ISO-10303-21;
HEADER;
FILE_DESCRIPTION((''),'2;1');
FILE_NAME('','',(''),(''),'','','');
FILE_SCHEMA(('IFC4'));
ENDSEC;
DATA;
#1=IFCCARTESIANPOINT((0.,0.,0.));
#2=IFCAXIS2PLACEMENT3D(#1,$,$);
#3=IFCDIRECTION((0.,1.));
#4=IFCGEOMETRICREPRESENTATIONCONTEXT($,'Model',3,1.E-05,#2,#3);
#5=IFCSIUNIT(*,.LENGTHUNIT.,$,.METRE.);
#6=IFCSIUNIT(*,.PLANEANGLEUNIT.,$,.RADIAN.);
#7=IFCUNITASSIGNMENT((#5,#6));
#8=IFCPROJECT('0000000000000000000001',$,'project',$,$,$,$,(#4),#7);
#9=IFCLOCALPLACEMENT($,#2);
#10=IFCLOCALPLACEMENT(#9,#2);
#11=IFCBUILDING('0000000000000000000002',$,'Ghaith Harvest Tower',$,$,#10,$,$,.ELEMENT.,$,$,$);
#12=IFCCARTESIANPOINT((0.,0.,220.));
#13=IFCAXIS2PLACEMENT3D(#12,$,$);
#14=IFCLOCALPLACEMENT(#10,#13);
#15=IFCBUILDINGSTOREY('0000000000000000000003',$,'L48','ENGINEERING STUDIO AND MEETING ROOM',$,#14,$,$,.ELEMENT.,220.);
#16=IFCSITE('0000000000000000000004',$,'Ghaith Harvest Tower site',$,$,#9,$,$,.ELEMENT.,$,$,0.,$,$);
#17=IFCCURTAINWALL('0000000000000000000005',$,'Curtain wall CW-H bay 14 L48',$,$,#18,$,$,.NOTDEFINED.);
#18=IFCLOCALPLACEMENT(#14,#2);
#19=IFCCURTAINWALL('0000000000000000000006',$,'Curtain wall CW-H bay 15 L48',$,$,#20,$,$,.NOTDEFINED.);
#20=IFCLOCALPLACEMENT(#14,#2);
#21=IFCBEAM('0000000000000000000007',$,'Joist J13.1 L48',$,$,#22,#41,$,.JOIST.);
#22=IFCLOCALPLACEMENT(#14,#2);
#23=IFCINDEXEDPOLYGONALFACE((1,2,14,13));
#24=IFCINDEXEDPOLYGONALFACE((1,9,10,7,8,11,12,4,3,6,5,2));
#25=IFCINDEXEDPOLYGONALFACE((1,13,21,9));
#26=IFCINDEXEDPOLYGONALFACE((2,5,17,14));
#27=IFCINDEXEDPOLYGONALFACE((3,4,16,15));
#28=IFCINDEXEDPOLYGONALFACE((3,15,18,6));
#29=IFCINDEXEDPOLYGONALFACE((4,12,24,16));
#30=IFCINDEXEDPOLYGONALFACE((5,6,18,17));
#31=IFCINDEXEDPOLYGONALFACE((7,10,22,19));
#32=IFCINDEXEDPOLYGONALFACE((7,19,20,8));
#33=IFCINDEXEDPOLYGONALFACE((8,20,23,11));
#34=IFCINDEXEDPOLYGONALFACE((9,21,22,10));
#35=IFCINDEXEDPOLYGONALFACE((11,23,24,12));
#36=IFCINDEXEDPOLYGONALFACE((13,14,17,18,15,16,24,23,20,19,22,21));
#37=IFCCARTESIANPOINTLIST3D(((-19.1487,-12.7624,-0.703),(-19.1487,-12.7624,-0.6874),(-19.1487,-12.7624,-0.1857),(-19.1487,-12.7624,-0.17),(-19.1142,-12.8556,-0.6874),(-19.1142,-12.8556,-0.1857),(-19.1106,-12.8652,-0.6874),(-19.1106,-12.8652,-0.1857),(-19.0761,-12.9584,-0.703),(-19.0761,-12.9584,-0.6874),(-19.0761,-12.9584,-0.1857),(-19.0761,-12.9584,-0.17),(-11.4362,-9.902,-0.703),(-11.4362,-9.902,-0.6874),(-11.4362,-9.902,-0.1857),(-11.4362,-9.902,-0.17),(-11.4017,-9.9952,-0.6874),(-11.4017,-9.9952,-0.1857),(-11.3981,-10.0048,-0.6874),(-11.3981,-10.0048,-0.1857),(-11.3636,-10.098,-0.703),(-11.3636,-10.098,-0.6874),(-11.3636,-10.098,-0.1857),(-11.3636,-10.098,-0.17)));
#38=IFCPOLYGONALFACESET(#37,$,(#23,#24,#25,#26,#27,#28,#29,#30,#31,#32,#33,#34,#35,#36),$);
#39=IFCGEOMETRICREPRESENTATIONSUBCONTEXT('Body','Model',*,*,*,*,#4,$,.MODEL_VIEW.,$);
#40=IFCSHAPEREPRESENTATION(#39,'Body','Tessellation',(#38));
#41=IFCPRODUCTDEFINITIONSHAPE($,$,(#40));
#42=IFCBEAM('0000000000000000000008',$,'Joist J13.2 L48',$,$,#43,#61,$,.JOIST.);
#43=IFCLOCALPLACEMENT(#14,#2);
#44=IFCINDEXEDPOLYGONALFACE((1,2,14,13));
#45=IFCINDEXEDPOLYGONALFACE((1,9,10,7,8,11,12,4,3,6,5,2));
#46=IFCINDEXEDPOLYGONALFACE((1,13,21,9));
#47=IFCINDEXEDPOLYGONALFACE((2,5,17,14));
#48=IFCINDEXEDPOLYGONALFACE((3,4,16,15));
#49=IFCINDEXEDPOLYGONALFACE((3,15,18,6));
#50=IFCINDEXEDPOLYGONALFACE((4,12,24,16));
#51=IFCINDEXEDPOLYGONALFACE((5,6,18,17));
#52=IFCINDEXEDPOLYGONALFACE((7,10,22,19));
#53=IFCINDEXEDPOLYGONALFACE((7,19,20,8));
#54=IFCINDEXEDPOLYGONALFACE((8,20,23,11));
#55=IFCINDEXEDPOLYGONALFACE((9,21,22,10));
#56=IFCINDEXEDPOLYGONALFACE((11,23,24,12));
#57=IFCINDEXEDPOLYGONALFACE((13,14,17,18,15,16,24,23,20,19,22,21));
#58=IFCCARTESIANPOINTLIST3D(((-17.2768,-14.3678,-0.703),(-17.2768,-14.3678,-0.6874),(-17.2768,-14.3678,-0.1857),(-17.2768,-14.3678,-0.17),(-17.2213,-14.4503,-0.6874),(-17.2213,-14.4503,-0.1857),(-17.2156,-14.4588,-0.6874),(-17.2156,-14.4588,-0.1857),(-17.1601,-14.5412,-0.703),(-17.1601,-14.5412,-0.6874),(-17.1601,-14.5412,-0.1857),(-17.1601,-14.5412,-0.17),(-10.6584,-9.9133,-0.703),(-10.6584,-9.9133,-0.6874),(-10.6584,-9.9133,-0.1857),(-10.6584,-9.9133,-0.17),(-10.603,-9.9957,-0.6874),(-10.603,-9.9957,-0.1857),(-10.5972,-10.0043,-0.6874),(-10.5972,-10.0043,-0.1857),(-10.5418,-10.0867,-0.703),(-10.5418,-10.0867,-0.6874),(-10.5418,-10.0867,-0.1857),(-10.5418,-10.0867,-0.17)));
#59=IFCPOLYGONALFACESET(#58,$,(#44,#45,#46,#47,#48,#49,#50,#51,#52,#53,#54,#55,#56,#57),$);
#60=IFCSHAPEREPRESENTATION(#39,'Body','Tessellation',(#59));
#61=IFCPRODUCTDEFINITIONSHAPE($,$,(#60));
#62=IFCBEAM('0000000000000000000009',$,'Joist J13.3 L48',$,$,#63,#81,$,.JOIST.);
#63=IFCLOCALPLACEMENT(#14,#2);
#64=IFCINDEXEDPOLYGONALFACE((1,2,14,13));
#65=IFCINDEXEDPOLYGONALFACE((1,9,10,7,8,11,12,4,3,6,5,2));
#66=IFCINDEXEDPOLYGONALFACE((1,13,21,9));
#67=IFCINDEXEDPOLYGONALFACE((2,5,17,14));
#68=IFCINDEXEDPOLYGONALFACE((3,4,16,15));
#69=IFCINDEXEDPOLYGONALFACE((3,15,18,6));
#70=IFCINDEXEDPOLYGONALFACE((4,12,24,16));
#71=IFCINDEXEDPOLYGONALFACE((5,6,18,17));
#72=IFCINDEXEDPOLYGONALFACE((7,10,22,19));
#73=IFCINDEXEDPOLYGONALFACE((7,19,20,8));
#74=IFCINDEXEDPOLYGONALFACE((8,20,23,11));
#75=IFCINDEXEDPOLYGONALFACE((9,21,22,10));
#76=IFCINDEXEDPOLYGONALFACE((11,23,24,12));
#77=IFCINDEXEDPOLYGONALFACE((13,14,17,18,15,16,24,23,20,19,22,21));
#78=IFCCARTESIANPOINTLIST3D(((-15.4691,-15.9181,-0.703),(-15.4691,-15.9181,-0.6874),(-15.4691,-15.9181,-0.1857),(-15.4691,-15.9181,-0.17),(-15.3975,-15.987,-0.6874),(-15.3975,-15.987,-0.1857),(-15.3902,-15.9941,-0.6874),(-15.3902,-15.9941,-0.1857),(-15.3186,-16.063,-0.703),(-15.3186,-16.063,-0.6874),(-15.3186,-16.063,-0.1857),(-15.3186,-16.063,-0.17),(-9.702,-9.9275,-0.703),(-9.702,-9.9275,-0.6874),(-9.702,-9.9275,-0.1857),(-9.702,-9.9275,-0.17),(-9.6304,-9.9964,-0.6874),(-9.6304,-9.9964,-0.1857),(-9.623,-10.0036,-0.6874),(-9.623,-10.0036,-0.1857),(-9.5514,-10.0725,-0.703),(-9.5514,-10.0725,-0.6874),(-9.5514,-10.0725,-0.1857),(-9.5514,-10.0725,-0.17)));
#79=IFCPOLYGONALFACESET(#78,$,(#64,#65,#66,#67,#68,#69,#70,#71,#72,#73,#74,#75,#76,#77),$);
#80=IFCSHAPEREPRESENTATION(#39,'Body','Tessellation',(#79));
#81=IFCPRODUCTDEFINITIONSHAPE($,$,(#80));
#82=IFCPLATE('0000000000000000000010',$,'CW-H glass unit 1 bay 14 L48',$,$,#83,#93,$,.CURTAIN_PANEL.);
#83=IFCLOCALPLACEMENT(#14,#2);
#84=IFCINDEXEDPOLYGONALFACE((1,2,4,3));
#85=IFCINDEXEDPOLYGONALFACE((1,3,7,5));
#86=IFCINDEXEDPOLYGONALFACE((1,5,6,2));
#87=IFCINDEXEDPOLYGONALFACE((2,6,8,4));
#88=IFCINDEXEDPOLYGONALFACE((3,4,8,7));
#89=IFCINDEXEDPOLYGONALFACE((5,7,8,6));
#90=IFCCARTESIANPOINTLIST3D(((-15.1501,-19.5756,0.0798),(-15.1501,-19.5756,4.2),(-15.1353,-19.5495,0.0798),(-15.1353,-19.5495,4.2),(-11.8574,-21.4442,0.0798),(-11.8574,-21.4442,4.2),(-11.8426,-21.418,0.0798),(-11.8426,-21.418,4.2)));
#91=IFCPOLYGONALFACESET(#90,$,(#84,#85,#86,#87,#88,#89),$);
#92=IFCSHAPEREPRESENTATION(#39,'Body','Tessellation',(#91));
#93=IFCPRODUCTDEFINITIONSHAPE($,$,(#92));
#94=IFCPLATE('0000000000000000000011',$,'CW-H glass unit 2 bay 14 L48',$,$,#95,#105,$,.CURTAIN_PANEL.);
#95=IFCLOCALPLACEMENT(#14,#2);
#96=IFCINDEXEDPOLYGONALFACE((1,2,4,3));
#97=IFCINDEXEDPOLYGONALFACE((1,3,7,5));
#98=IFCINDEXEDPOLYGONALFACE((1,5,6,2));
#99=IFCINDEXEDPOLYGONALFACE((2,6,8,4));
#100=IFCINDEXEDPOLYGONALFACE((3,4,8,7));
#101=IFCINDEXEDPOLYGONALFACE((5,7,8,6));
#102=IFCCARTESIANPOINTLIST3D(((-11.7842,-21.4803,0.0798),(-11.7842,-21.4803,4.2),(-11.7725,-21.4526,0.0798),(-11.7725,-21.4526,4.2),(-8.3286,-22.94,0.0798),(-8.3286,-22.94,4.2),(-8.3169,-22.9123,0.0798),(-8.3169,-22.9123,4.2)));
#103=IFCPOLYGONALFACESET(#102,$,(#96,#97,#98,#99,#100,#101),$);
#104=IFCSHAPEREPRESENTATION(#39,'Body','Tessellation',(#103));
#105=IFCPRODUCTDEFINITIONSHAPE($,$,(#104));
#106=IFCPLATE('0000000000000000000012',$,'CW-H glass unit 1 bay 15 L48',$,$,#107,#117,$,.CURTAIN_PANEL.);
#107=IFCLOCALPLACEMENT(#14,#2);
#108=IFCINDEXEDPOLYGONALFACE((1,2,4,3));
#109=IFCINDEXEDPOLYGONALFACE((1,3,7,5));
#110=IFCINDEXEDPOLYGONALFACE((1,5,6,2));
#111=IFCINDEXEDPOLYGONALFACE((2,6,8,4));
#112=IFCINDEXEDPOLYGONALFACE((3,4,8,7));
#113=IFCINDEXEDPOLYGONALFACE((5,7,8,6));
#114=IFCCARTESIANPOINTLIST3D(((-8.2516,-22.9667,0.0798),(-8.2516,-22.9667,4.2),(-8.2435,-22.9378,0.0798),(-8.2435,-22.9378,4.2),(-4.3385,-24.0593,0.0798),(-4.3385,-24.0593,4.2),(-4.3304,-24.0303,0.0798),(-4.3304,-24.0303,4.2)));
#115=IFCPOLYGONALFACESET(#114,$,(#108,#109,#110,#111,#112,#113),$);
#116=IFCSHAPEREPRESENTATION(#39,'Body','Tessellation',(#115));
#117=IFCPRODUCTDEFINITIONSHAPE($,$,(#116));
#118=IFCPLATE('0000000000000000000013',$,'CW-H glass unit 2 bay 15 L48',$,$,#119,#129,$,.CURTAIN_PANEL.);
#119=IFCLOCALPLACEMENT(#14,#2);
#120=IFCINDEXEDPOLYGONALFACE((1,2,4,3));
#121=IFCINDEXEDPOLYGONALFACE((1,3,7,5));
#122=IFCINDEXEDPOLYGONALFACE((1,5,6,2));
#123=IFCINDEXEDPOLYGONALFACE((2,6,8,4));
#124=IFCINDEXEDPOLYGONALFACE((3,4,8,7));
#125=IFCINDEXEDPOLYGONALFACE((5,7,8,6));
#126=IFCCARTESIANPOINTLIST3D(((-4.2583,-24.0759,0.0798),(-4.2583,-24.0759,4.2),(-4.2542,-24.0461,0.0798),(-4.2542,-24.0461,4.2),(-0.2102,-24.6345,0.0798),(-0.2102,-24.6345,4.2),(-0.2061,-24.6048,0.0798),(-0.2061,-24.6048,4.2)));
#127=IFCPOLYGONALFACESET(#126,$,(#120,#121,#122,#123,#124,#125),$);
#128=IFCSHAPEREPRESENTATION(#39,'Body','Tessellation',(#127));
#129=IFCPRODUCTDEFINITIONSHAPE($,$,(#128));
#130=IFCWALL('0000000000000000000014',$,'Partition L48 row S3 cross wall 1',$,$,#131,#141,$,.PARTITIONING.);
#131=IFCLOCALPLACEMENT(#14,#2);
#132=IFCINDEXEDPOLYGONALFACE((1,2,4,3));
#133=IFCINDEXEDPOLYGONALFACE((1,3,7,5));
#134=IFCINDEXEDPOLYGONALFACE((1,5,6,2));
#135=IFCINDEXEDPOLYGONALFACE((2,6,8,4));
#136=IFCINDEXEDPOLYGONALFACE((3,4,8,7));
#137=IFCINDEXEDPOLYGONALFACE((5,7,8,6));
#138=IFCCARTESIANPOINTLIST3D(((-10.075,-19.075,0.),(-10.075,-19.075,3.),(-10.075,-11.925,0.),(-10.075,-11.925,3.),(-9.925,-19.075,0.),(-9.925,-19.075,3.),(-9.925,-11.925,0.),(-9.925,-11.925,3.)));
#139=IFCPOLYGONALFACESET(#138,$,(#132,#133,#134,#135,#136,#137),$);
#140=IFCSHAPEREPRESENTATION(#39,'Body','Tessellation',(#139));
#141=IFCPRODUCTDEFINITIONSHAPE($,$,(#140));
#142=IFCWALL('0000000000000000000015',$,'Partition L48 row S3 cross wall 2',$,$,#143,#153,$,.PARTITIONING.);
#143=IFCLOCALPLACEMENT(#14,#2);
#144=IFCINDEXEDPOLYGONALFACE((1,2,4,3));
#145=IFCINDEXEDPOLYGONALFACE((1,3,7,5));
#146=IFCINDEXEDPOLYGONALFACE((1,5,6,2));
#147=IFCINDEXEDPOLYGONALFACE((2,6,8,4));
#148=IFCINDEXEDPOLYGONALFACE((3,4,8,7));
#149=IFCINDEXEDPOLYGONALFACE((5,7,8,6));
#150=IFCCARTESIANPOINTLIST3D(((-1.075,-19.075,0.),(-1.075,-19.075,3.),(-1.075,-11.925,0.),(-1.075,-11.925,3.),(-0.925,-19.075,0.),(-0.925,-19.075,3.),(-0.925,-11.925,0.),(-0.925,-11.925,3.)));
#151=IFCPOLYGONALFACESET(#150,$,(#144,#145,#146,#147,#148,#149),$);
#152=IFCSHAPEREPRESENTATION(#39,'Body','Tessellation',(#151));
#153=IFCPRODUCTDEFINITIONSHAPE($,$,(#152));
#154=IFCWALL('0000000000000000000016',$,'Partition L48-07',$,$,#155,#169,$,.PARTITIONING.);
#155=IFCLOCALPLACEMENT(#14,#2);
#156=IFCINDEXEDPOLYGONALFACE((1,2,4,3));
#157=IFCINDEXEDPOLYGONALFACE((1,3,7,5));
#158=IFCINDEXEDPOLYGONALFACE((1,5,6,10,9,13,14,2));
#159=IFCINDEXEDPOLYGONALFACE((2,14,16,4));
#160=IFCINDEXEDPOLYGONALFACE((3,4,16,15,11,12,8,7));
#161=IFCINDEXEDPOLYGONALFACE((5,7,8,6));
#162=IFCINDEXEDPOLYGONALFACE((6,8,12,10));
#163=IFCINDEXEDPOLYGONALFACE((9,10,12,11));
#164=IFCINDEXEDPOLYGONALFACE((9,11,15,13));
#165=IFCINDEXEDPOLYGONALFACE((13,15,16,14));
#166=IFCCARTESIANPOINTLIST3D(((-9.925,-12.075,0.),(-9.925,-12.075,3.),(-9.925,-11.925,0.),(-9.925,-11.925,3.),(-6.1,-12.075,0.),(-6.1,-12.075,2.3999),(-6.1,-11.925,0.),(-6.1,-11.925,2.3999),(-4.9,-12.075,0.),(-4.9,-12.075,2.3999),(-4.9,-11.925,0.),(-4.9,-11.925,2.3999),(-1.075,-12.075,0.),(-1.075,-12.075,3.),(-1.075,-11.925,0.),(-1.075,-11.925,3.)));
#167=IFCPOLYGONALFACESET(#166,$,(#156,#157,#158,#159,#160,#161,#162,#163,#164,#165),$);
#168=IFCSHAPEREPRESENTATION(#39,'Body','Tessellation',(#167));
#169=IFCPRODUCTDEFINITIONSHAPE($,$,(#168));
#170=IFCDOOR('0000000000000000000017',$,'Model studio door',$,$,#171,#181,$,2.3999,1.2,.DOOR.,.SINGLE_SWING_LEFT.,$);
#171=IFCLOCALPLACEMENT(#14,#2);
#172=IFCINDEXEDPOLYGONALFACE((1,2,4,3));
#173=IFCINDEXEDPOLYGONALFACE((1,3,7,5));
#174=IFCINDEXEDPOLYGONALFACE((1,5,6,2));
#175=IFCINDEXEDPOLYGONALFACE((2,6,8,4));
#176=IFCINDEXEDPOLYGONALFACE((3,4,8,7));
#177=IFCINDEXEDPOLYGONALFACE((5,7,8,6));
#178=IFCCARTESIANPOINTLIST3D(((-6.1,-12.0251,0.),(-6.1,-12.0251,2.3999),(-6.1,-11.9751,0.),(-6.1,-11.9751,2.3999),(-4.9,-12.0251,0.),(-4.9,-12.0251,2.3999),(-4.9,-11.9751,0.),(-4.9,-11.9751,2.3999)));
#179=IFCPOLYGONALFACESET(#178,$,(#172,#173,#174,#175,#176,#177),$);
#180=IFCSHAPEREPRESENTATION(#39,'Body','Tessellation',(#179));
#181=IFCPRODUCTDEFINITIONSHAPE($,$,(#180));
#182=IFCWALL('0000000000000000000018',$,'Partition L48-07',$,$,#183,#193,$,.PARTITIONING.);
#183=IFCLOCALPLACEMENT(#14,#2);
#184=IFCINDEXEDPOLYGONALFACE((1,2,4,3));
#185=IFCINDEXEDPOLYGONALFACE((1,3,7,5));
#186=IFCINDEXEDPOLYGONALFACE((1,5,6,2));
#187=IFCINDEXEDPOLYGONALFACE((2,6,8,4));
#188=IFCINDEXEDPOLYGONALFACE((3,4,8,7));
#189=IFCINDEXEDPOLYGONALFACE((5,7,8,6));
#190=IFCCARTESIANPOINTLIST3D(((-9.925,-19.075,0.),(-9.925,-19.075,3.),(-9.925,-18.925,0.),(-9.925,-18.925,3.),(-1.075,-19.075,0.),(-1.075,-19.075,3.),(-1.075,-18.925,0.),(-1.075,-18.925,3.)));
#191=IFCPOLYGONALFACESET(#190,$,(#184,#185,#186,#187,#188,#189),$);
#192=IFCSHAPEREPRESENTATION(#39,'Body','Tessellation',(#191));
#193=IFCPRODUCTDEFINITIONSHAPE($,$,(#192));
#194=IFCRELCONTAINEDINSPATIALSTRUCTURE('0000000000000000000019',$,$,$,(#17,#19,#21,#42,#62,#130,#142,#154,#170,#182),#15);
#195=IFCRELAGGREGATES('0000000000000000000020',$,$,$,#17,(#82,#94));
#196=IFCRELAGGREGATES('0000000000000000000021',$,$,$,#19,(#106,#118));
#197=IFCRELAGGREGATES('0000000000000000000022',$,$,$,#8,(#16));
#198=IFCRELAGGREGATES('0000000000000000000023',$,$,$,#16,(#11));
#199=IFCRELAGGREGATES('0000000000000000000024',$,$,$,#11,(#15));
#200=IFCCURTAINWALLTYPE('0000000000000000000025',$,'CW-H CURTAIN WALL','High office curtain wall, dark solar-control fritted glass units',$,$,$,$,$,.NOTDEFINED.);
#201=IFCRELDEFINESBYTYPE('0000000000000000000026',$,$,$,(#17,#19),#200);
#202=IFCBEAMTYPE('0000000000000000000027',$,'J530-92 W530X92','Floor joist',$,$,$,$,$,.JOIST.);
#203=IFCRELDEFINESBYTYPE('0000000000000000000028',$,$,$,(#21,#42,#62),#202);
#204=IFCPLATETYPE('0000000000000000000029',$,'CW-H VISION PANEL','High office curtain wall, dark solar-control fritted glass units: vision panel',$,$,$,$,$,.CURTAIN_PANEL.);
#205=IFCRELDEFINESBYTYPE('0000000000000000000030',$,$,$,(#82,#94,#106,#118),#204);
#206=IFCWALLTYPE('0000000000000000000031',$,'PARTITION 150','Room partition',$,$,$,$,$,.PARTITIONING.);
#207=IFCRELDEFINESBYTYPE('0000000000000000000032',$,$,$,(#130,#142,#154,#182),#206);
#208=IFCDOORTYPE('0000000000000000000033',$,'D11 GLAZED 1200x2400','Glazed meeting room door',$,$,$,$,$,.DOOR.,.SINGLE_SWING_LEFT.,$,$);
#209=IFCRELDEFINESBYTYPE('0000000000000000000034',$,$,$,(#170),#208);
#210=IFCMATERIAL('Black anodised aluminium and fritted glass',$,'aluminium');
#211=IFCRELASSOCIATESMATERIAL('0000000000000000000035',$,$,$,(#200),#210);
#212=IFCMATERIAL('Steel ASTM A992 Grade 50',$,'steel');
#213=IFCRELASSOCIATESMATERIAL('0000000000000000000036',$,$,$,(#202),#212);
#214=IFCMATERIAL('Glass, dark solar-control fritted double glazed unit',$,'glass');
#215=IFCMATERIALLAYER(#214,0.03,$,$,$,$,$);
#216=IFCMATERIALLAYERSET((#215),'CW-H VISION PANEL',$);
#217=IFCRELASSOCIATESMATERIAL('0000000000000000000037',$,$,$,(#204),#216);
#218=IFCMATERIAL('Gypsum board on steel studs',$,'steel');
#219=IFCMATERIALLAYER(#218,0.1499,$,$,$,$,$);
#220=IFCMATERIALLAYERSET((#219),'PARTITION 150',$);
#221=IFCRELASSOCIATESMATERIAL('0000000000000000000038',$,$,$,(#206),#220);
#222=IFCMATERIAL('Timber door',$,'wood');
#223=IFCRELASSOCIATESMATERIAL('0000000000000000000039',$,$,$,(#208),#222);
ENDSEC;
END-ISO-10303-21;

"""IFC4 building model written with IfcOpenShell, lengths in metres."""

from ifc_helpers import new_model, si_unit, direction, frame, frame_2d, origin, origin_2d, place, context, subcontext, project, spatial, rectangle, i_section, extrude, material, layer, layer_set, material_profile, profile_set, type_object, element, fill, aggregate, save


model = new_model("IFC4")

# Units and contexts
model_context = context("Model", 3, precision=1e-05, world=origin(), true_north=direction((0.0, 1.0)))
body_context = subcontext(model_context, "Body", "Model", "MODEL_VIEW")
ifc_project = project(units=[si_unit("LENGTHUNIT", "METRE"), si_unit("PLANEANGLEUNIT", "RADIAN")], contexts=[model_context])

# Site, building, storey
site_placement = place(None, origin())
site = spatial("IfcSite", under=ifc_project, at=site_placement, Name="Ghaith Harvest Tower site", CompositionType="ELEMENT", RefElevation=0.0)
building_placement = place(site_placement, origin())
building = spatial("IfcBuilding", under=site, at=building_placement, Name="Ghaith Harvest Tower", CompositionType="ELEMENT")
storey_placement = place(building_placement, frame((0.0, 0.0, 220.0)))
storey = spatial("IfcBuildingStorey", under=building, at=storey_placement, Name="L48", Description="ENGINEERING STUDIO AND MEETING ROOM", CompositionType="ELEMENT", Elevation=220.0)

# Curtain wall
ifc_material_1 = material(Name="Black anodised aluminium and fritted glass", Category="aluminium")
curtain_wall_type = type_object("IfcCurtainWallType", Name="CW-H CURTAIN WALL", Description="High office curtain wall, dark solar-control fritted glass units", PredefinedType="NOTDEFINED", material=ifc_material_1)
curtain_wall_1_placement = place(storey_placement, origin())
curtain_wall_1 = element("IfcCurtainWall", 1, at=curtain_wall_1_placement, inside=storey, type_object=curtain_wall_type, Name="Curtain wall CW-H bay 14 L48", PredefinedType="NOTDEFINED")

# Curtain wall
curtain_wall_2_placement = place(storey_placement, origin())
curtain_wall_2 = element("IfcCurtainWall", 2, at=curtain_wall_2_placement, inside=storey, type_object=curtain_wall_type, Name="Curtain wall CW-H bay 15 L48", PredefinedType="NOTDEFINED")

# Beams
ifc_material_2 = material(Name="Steel ASTM A992 Grade 50", Category="steel")
ifc_material_profile_1 = material_profile(ifc_material_2, i_section(OverallWidth=0.209, OverallDepth=0.533, WebThickness=0.0103, FlangeThickness=0.0156, at=origin_2d()), Name="W530X92")
ifc_profile_set_1 = profile_set([ifc_material_profile_1], Name="Steel ASTM A992 Grade 50")
beam_type_1 = type_object("IfcBeamType", Name="J530-92 W530X92", Description="Floor joist", PredefinedType="JOIST", material=ifc_profile_set_1)
beam_1_placement = place(storey_placement, frame((-11.3999, -10.0, -0.4365), z_axis=(-0.937594, -0.347732, 0.0), x_axis=(0.347732, -0.937594, 0.0)))
element("IfcBeam", 3, at=beam_1_placement, inside=storey, type_object=beam_type_1, Name="Joist J13.1 L48", PredefinedType="JOIST", context=body_context, shape_type="SweptSolid", body=[
    extrude(i_section(OverallWidth=0.209, OverallDepth=0.533, WebThickness=0.0103, FlangeThickness=0.0156, at=origin_2d()), origin(), (0.0, 0.0, 1.0), 8.2258),
])
beam_2_placement = place(storey_placement, frame((-10.6001, -10.0, -0.4365), z_axis=(-0.829594, -0.558367, 0.0), x_axis=(0.558367, -0.829594, 0.0)))
element("IfcBeam", 4, at=beam_2_placement, inside=storey, type_object=beam_type_1, Name="Joist J13.2 L48", PredefinedType="JOIST", context=body_context, shape_type="SweptSolid", body=[
    extrude(i_section(OverallWidth=0.209, OverallDepth=0.533, WebThickness=0.0103, FlangeThickness=0.0156, at=origin_2d()), origin(), (0.0, 0.0, 1.0), 7.9778),
])
beam_3_placement = place(storey_placement, frame((-9.6267, -10.0, -0.4365), z_axis=(-0.693547, -0.720411, 0.0), x_axis=(0.720411, -0.693547, 0.0)))
element("IfcBeam", 5, at=beam_3_placement, inside=storey, type_object=beam_type_1, Name="Joist J13.3 L48", PredefinedType="JOIST", context=body_context, shape_type="SweptSolid", body=[
    extrude(i_section(OverallWidth=0.209, OverallDepth=0.533, WebThickness=0.0103, FlangeThickness=0.0156, at=origin_2d()), origin(), (0.0, 0.0, 1.0), 8.3154),
])

# Plates
ifc_material_3 = material(Name="Glass, dark solar-control fritted double glazed unit", Category="glass")
ifc_layer_1 = layer(ifc_material_3, 0.03)
ifc_layer_set_1 = layer_set([ifc_layer_1], Name="CW-H VISION PANEL")
plate_type = type_object("IfcPlateType", Name="CW-H VISION PANEL", Description="High office curtain wall, dark solar-control fritted glass units: vision panel", PredefinedType="CURTAIN_PANEL", material=ifc_layer_set_1)
plate_1_placement = place(storey_placement, frame((-13.4963, -20.4968, 0.0798), z_axis=(0.0, 0.0, 1.0), x_axis=(0.869715, -0.493554, 0.0)))
plate_1 = element("IfcPlate", 6, at=plate_1_placement, type_object=plate_type, Name="CW-H glass unit 1 bay 14 L48", PredefinedType="CURTAIN_PANEL", context=body_context, shape_type="SweptSolid", body=[
    extrude(rectangle(XDim=3.7859, YDim=0.03, at=origin_2d()), origin(), (0.0, 0.0, 1.0), 4.1201),
])
plate_2_placement = place(storey_placement, frame((-10.0505, -22.1963, 0.0798), z_axis=(0.0, 0.0, 1.0), x_axis=(0.921182, -0.389133, 0.0)))
plate_2 = element("IfcPlate", 7, at=plate_2_placement, type_object=plate_type, Name="CW-H glass unit 2 bay 14 L48", PredefinedType="CURTAIN_PANEL", context=body_context, shape_type="SweptSolid", body=[
    extrude(rectangle(XDim=3.7512, YDim=0.03, at=origin_2d()), origin(), (0.0, 0.0, 1.0), 4.1201),
])
aggregate(curtain_wall_1, [plate_1, plate_2])
plate_3_placement = place(storey_placement, frame((-6.291, -23.4985, 0.0798), z_axis=(0.0, 0.0, 1.0), x_axis=(0.963163, -0.268919, 0.0)))
plate_3 = element("IfcPlate", 8, at=plate_3_placement, type_object=plate_type, Name="CW-H glass unit 1 bay 15 L48", PredefinedType="CURTAIN_PANEL", context=body_context, shape_type="SweptSolid", body=[
    extrude(rectangle(XDim=4.0627, YDim=0.03, at=origin_2d()), origin(), (0.0, 0.0, 1.0), 4.1201),
])
plate_4_placement = place(storey_placement, frame((-2.2322, -24.3403, 0.0798), z_axis=(0.0, 0.0, 1.0), x_axis=(0.990612, -0.136702, 0.0)))
plate_4 = element("IfcPlate", 9, at=plate_4_placement, type_object=plate_type, Name="CW-H glass unit 2 bay 15 L48", PredefinedType="CURTAIN_PANEL", context=body_context, shape_type="SweptSolid", body=[
    extrude(rectangle(XDim=4.0864, YDim=0.03, at=origin_2d()), origin(), (0.0, 0.0, 1.0), 4.1201),
])
aggregate(curtain_wall_2, [plate_3, plate_4])

# Walls
ifc_material_4 = material(Name="Gypsum board on steel studs", Category="steel")
ifc_layer_2 = layer(ifc_material_4, 0.1499)
ifc_layer_set_2 = layer_set([ifc_layer_2], Name="PARTITION 150")
wall_type = type_object("IfcWallType", Name="PARTITION 150", Description="Room partition", PredefinedType="PARTITIONING", material=ifc_layer_set_2)
for number, where, z_axis, x_axis, name in (
    (10, (-10.0, -11.925, 0.0), (0.0, 0.0, 1.0), (0.0, -1.0, 0.0), "Partition L48 row S3 cross wall 1"),
    (11, (-1.0, -11.925, 0.0), (0.0, 0.0, 1.0), (0.0, -1.0, 0.0), "Partition L48 row S3 cross wall 2"),
):
    element("IfcWall", number, at=place(storey_placement, frame(where, z_axis=z_axis, x_axis=x_axis)), inside=storey, type_object=wall_type, Name=name, PredefinedType="PARTITIONING", context=body_context, shape_type="SweptSolid", body=[
        extrude(rectangle(XDim=7.1499, YDim=0.1499, at=frame_2d((3.575, 0.0))), origin(), (0.0, 0.0, 1.0), 3.0),
    ])

# Wall, opening, door
wall_1_placement = place(storey_placement, frame((-9.925, -12.0, 0.0), z_axis=(0.0, 0.0, 1.0), x_axis=(1.0, 0.0, 0.0)))
wall_1 = element("IfcWall", 12, at=wall_1_placement, inside=storey, type_object=wall_type, Name="Partition L48-07", PredefinedType="PARTITIONING", context=body_context, shape_type="SweptSolid", body=[
    extrude(rectangle(XDim=8.8501, YDim=0.1499, at=frame_2d((4.425, 0.0))), origin(), (0.0, 0.0, 1.0), 3.0),
])
opening_1_placement = place(wall_1_placement, frame((3.825, 0.0, 0.0)))
opening_1 = element("IfcOpeningElement", 13, at=opening_1_placement, cuts=wall_1, PredefinedType="OPENING", context=body_context, shape_type="SweptSolid", body=[
    extrude(rectangle(XDim=1.2, YDim=2.3999, at=frame_2d((0.6001, 1.2))), frame((0.0, 0.085, 0.0), z_axis=(0.0, -1.0, 0.0), x_axis=(1.0, 0.0, 0.0)), (0.0, 0.0, 1.0), 0.1699),
])
ifc_material_5 = material(Name="Timber door", Category="wood")
door_type_1 = type_object("IfcDoorType", Name="D11 GLAZED 1200x2400", Description="Glazed meeting room door", OperationType="SINGLE_SWING_LEFT", PredefinedType="DOOR", material=ifc_material_5)
door_1_placement = place(opening_1_placement, origin())
door_1 = element("IfcDoor", 14, at=door_1_placement, inside=storey, type_object=door_type_1, Name="Model studio door", OperationType="SINGLE_SWING_LEFT", OverallHeight=2.3999, OverallWidth=1.2, PredefinedType="DOOR", context=body_context, shape_type="SweptSolid", body=[
    extrude(rectangle(XDim=1.2, YDim=2.3999, at=frame_2d((0.6001, 1.2))), frame((0.0, 0.0249, 0.0), z_axis=(0.0, -1.0, 0.0), x_axis=(1.0, 0.0, 0.0)), (0.0, 0.0, 1.0), 0.05),
])
fill(opening_1, door_1)

# Wall
wall_2_placement = place(storey_placement, frame((-9.925, -19.0, 0.0), z_axis=(0.0, 0.0, 1.0), x_axis=(1.0, 0.0, 0.0)))
element("IfcWall", 15, at=wall_2_placement, inside=storey, type_object=wall_type, Name="Partition L48-07", PredefinedType="PARTITIONING", context=body_context, shape_type="SweptSolid", body=[
    extrude(rectangle(XDim=8.8501, YDim=0.1499, at=frame_2d((4.425, 0.0))), origin(), (0.0, 0.0, 1.0), 3.0),
])

save(model, "model.ifc")
